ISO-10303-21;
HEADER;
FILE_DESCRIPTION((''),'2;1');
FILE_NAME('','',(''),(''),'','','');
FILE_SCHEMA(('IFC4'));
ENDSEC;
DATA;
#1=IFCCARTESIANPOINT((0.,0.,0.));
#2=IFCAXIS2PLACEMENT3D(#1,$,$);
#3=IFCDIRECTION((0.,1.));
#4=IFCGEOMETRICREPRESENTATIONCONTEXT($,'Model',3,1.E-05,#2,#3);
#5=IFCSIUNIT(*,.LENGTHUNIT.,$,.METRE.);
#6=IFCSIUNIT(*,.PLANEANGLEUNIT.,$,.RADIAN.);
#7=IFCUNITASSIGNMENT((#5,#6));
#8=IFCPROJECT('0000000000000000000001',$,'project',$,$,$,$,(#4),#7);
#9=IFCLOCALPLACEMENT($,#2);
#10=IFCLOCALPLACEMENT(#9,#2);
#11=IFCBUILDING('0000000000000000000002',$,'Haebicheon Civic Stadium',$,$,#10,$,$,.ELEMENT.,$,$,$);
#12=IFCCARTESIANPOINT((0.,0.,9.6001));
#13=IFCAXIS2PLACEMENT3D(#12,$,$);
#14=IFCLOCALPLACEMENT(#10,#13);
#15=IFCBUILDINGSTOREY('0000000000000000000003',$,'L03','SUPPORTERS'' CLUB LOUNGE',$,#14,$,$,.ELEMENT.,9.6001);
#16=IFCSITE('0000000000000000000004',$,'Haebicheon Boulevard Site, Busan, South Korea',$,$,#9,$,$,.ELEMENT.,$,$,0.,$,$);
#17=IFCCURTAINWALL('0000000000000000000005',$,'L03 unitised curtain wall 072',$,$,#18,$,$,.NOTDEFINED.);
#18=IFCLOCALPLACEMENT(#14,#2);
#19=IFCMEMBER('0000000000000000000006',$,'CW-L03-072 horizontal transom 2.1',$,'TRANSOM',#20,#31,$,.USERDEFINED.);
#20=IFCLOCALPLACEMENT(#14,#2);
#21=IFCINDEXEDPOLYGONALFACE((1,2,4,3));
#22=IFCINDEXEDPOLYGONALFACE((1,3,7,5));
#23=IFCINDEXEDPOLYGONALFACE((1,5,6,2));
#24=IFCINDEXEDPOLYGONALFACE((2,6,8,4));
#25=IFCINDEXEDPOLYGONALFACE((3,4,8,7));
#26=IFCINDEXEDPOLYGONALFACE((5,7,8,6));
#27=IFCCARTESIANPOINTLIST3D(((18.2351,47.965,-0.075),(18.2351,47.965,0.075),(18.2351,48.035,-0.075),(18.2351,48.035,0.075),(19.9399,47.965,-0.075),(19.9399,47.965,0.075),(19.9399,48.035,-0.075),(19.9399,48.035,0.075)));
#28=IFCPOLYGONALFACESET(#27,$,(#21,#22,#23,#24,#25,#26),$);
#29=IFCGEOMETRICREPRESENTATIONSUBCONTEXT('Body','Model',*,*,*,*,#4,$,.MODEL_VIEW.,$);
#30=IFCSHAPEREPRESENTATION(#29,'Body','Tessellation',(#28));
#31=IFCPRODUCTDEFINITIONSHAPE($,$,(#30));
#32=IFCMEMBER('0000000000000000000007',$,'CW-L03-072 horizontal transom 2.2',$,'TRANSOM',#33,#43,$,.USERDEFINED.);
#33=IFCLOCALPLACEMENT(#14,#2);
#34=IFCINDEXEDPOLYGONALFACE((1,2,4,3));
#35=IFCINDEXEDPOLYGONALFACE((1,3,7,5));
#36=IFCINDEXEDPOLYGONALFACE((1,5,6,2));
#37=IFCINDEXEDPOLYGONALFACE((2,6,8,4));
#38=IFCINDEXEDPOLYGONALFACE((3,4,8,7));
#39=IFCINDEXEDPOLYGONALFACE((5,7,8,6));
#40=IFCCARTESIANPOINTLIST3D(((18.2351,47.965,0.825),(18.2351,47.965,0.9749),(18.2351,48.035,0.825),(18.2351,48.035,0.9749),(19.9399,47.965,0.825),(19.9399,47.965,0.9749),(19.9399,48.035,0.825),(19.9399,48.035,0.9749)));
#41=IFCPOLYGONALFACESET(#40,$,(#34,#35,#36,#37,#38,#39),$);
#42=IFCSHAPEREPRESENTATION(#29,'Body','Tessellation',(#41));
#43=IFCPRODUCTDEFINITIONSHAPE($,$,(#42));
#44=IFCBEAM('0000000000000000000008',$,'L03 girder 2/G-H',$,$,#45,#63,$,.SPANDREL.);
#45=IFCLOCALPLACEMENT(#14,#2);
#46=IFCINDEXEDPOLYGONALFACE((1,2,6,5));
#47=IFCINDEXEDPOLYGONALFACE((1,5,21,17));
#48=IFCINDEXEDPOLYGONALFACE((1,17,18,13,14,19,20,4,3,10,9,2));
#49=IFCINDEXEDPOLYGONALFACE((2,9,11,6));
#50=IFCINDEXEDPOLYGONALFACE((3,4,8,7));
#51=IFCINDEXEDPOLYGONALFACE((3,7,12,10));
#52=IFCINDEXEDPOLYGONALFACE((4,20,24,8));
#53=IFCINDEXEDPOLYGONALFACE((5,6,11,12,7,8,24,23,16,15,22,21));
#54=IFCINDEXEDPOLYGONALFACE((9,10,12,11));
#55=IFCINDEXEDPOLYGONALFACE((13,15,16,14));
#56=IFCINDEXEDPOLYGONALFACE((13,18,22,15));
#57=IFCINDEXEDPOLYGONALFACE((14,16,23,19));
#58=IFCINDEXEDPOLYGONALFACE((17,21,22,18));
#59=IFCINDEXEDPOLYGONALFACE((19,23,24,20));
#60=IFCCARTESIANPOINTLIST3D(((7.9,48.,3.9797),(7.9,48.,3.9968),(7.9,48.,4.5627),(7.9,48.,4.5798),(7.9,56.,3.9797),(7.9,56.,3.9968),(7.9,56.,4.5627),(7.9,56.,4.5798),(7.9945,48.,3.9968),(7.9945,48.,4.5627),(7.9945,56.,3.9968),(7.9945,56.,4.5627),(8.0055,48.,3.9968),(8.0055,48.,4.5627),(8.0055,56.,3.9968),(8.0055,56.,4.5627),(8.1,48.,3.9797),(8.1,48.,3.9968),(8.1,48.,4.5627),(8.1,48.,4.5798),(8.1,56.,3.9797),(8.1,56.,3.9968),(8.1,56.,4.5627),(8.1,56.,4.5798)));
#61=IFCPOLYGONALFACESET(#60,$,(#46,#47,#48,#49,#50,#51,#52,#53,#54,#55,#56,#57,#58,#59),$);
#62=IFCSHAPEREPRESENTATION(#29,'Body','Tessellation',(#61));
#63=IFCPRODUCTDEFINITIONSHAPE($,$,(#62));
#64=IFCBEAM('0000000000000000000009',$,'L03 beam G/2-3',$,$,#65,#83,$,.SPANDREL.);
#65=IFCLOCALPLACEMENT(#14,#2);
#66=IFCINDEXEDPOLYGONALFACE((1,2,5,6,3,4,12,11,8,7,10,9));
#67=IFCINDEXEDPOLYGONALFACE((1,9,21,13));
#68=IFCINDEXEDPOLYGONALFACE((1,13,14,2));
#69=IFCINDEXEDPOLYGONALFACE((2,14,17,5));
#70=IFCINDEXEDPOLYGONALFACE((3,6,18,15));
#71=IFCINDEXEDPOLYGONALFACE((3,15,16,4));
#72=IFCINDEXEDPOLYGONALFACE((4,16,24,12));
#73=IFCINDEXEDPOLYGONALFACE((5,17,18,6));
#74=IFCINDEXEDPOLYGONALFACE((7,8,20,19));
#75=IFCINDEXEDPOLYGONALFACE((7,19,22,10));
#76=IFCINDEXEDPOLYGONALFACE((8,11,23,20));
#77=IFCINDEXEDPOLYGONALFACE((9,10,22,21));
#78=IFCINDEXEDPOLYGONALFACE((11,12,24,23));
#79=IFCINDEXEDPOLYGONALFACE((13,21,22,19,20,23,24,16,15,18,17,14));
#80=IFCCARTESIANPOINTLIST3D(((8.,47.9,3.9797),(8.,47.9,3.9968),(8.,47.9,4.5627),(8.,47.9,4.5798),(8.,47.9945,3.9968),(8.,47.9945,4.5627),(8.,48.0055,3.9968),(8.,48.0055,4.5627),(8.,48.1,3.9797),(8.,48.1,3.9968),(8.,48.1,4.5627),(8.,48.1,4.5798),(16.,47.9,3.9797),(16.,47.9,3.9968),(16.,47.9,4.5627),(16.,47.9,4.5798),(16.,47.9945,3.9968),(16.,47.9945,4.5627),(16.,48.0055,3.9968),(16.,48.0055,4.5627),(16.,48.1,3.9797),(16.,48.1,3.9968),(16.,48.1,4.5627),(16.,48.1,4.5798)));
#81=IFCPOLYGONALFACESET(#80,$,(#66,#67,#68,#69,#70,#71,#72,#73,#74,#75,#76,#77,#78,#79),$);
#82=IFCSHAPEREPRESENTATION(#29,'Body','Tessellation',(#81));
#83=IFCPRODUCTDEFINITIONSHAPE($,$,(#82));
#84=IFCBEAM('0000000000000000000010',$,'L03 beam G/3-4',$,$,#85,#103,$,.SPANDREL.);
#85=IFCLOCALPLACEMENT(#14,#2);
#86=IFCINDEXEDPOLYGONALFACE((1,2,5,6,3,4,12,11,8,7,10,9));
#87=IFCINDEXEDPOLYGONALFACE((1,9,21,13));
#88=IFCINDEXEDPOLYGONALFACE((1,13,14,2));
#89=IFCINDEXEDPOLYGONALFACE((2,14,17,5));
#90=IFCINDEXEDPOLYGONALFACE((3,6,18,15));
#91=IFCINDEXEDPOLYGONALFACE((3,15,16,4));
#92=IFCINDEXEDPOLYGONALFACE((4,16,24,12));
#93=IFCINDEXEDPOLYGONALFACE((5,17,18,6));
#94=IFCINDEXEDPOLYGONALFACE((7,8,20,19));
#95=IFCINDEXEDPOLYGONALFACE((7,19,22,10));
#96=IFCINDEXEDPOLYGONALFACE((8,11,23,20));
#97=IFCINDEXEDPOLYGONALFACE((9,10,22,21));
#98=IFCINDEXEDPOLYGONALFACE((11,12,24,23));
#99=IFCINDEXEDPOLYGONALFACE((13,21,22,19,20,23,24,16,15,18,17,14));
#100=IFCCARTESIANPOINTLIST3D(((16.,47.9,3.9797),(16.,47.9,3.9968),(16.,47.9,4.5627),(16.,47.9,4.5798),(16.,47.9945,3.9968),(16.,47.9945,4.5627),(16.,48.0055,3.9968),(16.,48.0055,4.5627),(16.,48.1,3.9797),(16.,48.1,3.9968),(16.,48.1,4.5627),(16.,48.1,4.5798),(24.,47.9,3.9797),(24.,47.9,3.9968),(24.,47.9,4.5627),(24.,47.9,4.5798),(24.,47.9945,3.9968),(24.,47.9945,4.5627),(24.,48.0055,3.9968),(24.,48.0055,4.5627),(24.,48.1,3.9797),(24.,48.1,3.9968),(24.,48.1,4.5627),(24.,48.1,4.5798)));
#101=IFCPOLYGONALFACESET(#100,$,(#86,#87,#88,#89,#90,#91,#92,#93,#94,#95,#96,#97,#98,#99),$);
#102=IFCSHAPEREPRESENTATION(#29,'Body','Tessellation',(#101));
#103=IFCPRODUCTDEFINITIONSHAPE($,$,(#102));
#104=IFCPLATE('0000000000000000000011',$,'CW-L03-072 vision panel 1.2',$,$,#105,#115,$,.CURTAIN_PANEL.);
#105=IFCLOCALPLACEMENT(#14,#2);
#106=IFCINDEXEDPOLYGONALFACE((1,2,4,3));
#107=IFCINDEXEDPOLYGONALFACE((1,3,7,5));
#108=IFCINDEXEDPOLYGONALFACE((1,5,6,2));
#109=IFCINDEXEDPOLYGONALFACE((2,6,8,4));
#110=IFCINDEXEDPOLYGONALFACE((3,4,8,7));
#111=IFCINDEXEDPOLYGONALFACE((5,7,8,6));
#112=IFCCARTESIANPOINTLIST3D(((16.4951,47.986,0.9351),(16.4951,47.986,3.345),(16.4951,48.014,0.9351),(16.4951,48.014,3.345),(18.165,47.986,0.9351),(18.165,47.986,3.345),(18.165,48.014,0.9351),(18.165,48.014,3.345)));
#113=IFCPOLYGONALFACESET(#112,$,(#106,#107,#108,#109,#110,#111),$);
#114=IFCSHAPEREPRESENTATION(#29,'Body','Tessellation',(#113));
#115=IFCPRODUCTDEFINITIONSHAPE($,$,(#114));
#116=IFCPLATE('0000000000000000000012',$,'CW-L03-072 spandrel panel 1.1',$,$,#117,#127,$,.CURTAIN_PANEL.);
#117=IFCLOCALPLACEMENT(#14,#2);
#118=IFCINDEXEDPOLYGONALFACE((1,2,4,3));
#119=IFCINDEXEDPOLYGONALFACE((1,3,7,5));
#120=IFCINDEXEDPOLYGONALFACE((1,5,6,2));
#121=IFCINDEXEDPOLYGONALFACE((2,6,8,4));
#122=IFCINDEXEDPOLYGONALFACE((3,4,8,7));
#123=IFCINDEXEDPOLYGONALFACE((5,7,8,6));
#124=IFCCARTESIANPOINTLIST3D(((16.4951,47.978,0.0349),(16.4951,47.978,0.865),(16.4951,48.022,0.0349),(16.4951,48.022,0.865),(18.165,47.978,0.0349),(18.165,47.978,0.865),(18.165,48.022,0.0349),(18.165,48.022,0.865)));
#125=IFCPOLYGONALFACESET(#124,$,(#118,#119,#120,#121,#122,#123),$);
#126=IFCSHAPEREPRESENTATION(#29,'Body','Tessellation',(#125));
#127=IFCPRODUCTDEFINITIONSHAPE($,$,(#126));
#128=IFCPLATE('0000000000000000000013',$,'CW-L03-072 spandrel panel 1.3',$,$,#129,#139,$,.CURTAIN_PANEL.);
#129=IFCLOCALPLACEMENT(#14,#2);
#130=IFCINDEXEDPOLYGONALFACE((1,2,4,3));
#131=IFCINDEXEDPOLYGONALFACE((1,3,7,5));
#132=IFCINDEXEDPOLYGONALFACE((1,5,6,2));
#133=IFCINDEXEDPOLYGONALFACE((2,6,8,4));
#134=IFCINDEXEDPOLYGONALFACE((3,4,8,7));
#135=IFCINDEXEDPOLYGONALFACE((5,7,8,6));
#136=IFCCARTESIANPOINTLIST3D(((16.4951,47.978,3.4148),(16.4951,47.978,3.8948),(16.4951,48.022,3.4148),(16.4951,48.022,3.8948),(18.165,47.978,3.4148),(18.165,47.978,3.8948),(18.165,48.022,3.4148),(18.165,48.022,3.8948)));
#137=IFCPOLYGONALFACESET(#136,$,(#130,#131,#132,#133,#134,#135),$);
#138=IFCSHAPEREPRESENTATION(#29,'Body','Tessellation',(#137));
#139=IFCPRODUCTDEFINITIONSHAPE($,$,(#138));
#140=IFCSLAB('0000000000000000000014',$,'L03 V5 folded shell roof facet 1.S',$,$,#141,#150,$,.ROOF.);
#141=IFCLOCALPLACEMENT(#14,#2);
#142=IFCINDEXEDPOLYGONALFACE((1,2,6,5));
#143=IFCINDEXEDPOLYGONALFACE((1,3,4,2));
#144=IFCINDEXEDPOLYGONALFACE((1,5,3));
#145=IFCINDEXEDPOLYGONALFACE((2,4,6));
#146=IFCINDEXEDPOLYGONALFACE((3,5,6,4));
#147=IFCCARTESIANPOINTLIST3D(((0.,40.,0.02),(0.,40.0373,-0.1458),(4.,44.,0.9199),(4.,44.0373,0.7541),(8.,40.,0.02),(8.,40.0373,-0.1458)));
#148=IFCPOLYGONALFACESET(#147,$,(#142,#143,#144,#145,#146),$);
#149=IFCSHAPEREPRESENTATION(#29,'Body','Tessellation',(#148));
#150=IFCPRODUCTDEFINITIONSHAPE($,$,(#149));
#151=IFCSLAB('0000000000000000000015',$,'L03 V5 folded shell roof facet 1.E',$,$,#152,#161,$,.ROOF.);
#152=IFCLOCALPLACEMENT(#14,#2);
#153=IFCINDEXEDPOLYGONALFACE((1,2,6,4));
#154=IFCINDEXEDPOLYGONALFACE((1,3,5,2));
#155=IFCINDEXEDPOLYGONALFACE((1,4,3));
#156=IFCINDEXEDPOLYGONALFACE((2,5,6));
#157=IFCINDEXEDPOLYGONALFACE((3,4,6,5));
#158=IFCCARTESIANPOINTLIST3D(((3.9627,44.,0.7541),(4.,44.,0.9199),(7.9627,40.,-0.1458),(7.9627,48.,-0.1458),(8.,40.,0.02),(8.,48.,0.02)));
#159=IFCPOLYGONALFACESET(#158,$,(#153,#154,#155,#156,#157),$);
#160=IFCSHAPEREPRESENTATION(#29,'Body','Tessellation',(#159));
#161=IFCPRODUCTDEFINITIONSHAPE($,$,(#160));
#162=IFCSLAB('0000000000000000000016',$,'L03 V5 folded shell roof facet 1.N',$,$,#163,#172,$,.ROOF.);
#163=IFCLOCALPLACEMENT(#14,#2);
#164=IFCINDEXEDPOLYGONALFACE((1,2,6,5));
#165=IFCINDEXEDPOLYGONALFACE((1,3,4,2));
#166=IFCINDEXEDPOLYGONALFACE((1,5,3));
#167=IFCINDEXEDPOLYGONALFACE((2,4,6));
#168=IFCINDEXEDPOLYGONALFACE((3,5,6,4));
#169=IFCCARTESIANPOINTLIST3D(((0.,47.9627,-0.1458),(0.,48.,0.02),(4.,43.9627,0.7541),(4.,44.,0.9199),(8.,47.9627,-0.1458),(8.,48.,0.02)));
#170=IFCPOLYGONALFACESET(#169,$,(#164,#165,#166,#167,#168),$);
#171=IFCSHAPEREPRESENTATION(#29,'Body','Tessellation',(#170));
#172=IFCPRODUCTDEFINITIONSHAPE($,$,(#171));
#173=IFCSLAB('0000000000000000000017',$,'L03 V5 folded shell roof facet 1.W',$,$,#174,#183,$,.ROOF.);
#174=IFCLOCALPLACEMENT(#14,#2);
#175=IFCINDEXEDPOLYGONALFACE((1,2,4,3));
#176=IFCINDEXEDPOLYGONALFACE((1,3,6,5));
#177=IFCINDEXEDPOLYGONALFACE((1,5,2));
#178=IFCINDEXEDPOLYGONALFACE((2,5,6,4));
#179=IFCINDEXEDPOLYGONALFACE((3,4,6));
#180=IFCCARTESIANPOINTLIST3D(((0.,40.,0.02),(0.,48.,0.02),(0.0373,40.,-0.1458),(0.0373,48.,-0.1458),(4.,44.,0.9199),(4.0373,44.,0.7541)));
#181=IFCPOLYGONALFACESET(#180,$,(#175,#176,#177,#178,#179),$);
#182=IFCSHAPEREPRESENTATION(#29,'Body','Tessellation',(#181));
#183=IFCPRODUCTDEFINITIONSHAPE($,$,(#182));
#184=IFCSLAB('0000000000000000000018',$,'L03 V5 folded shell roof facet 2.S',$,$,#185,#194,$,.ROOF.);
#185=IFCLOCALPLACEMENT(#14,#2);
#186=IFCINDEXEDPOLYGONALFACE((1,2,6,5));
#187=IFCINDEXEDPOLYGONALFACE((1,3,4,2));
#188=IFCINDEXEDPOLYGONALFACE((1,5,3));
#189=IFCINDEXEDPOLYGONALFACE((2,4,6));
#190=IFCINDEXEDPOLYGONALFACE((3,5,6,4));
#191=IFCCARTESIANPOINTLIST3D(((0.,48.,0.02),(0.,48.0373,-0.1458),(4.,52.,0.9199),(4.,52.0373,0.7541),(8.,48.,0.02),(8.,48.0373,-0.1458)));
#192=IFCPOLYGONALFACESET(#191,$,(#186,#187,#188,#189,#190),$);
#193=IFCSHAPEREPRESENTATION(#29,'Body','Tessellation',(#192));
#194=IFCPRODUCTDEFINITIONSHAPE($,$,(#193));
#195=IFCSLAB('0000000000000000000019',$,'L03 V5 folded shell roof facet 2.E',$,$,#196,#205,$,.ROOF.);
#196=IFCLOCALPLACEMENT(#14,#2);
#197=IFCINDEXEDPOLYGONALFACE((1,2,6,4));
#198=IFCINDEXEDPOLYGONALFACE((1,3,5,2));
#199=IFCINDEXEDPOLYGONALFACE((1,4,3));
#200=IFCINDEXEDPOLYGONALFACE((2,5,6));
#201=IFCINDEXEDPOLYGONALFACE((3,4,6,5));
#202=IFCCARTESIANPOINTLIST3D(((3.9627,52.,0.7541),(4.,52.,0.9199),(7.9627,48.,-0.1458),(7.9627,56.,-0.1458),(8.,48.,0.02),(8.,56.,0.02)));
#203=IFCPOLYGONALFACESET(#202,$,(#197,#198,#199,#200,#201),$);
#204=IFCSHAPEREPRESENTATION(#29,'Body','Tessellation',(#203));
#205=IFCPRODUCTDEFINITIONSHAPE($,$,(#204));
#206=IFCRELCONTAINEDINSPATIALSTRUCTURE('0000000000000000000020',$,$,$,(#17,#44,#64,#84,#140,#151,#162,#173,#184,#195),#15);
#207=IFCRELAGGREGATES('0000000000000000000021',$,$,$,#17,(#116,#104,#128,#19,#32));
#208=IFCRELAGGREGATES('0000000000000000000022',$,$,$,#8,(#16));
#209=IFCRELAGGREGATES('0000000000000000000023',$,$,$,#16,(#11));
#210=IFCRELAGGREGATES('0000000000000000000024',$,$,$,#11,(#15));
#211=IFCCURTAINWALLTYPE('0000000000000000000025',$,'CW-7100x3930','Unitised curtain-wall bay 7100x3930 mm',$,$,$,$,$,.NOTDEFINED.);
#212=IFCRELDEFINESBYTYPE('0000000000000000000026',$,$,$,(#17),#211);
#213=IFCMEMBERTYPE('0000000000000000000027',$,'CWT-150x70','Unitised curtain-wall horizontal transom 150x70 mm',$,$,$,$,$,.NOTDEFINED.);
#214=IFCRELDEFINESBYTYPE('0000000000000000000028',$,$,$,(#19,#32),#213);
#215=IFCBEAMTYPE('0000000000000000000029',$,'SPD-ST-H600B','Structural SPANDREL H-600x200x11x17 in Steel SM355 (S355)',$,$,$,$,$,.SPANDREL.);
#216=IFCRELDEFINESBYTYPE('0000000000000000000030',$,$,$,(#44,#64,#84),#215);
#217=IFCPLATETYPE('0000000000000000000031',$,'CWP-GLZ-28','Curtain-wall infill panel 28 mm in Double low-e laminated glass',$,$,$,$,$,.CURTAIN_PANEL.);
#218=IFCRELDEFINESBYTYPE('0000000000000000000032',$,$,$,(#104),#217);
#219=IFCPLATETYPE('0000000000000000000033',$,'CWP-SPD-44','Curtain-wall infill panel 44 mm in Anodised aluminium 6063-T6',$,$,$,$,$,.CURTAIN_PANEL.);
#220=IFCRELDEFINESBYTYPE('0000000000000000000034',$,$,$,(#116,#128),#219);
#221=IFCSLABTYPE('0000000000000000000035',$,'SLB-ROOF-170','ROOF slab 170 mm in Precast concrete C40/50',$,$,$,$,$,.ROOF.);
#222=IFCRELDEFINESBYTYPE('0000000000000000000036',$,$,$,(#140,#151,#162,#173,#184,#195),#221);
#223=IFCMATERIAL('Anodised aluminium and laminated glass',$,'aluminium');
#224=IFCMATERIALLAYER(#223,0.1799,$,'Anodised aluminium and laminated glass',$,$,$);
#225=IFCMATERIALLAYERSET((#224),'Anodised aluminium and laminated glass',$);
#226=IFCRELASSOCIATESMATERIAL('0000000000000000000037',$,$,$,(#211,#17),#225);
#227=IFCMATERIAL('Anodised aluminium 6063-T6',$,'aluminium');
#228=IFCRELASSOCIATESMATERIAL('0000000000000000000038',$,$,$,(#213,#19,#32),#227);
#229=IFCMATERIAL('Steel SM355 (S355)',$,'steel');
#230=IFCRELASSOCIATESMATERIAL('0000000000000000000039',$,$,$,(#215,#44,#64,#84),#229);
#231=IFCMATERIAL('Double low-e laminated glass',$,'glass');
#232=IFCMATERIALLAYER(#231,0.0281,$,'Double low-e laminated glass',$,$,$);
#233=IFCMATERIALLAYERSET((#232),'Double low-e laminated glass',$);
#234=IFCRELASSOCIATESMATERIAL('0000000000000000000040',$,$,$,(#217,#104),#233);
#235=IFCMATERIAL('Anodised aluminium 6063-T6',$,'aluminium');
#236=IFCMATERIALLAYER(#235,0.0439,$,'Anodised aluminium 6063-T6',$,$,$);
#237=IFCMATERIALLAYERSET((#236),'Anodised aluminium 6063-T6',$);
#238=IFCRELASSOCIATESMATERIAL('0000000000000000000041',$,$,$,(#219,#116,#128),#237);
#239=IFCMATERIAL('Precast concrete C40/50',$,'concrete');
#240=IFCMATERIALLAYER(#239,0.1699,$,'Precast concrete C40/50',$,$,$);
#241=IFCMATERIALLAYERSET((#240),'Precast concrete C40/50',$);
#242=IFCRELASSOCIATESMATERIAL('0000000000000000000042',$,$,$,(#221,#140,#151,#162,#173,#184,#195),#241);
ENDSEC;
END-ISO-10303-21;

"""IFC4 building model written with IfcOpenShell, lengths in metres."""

from ifc_helpers import new_model, si_unit, direction, frame, origin, origin_2d, place, context, subcontext, project, spatial, polyline, rectangle, i_section, outline, extrude, material, layer, layer_set, material_profile, profile_set, type_object, element, aggregate, save


model = new_model("IFC4")

# Units and contexts
model_context = context("Model", 3, precision=1e-05, world=origin(), true_north=direction((0.0, 1.0)))
body_context = subcontext(model_context, "Body", "Model", "MODEL_VIEW")
ifc_project = project(units=[si_unit("LENGTHUNIT", "METRE"), si_unit("PLANEANGLEUNIT", "RADIAN")], contexts=[model_context])

# Site, building, storey
site_placement = place(None, origin())
site = spatial("IfcSite", under=ifc_project, at=site_placement, Name="Haebicheon Boulevard Site, Busan, South Korea", CompositionType="ELEMENT", RefElevation=0.0)
building_placement = place(site_placement, origin())
building = spatial("IfcBuilding", under=site, at=building_placement, Name="Haebicheon Civic Stadium", CompositionType="ELEMENT")
storey_placement = place(building_placement, frame((0.0, 0.0, 9.6001)))
storey = spatial("IfcBuildingStorey", under=building, at=storey_placement, Name="L03", Description="SUPPORTERS' CLUB LOUNGE", CompositionType="ELEMENT", Elevation=9.6001)

# Curtain wall, members
ifc_material_1 = material(Name="Anodised aluminium and laminated glass", Category="aluminium")
ifc_layer_1 = layer(ifc_material_1, 0.1799, Name="Anodised aluminium and laminated glass")
ifc_layer_set_1 = layer_set([ifc_layer_1], Name="Anodised aluminium and laminated glass")
curtain_wall_type = type_object("IfcCurtainWallType", Name="CW-7100x3930", Description="Unitised curtain-wall bay 7100x3930 mm", PredefinedType="NOTDEFINED", material=ifc_layer_set_1)
curtain_wall_placement = place(storey_placement, origin())
curtain_wall = element("IfcCurtainWall", 1, at=curtain_wall_placement, inside=storey, type_object=curtain_wall_type, material=ifc_layer_set_1, Name="L03 unitised curtain wall 072", PredefinedType="NOTDEFINED")
ifc_material_2 = material(Name="Anodised aluminium 6063-T6", Category="aluminium")
ifc_material_profile_1 = material_profile(ifc_material_2, rectangle(XDim=0.0701, YDim=0.1499, at=origin_2d()), Name="ALU-TRAN-70x150")
ifc_profile_set_1 = profile_set([ifc_material_profile_1], Name="Anodised aluminium 6063-T6")
member_type_1 = type_object("IfcMemberType", Name="CWT-150x70", Description="Unitised curtain-wall horizontal transom 150x70 mm", PredefinedType="NOTDEFINED", material=ifc_profile_set_1)
member_1_placement = place(storey_placement, frame((18.2351, 48.0, 0.0), z_axis=(1.0, 0.0, 0.0), x_axis=(0.0, 1.0, 0.0)))
member_1 = element("IfcMember", 2, at=member_1_placement, type_object=member_type_1, material=ifc_profile_set_1, Name="CW-L03-072 horizontal transom 2.1", ObjectType="TRANSOM", PredefinedType="USERDEFINED", context=body_context, shape_type="SweptSolid", body=[
    extrude(rectangle(XDim=0.0701, YDim=0.1499, at=origin_2d()), origin(), (0.0, 0.0, 1.0), 1.7048),
])
member_2_placement = place(storey_placement, frame((18.2351, 48.0, 0.8999), z_axis=(1.0, 0.0, 0.0), x_axis=(0.0, 1.0, 0.0)))
member_2 = element("IfcMember", 3, at=member_2_placement, type_object=member_type_1, material=ifc_profile_set_1, Name="CW-L03-072 horizontal transom 2.2", ObjectType="TRANSOM", PredefinedType="USERDEFINED", context=body_context, shape_type="SweptSolid", body=[
    extrude(rectangle(XDim=0.0701, YDim=0.1499, at=origin_2d()), origin(), (0.0, 0.0, 1.0), 1.7048),
])

# Beams
ifc_material_3 = material(Name="Steel SM355 (S355)", Category="steel")
ifc_material_profile_2 = material_profile(ifc_material_3, i_section(OverallWidth=0.2, OverallDepth=0.6001, WebThickness=0.011, FlangeThickness=0.0171, at=origin_2d()), Name="H-600x200x11x17")
ifc_profile_set_2 = profile_set([ifc_material_profile_2], Name="Steel SM355 (S355)")
beam_type_1 = type_object("IfcBeamType", Name="SPD-ST-H600B", Description="Structural SPANDREL H-600x200x11x17 in Steel SM355 (S355)", PredefinedType="SPANDREL", material=ifc_profile_set_2)
for number, where, z_axis, x_axis, name in (
    (4, (8.0, 48.0, 4.2798), (0.0, 1.0, 0.0), (-1.0, 0.0, 0.0), "L03 girder 2/G-H"),
    (5, (8.0, 48.0, 4.2798), (1.0, 0.0, 0.0), (0.0, 1.0, 0.0), "L03 beam G/2-3"),
    (6, (16.0, 48.0, 4.2798), (1.0, 0.0, 0.0), (0.0, 1.0, 0.0), "L03 beam G/3-4"),
):
    element("IfcBeam", number, at=place(storey_placement, frame(where, z_axis=z_axis, x_axis=x_axis)), inside=storey, type_object=beam_type_1, material=ifc_profile_set_2, Name=name, PredefinedType="SPANDREL", context=body_context, shape_type="SweptSolid", body=[
        extrude(i_section(OverallWidth=0.2, OverallDepth=0.6001, WebThickness=0.011, FlangeThickness=0.0171, at=origin_2d()), origin(), (0.0, 0.0, 1.0), 8.0),
    ])

# Plates
ifc_material_4 = material(Name="Double low-e laminated glass", Category="glass")
ifc_layer_2 = layer(ifc_material_4, 0.0281, Name="Double low-e laminated glass")
ifc_layer_set_2 = layer_set([ifc_layer_2], Name="Double low-e laminated glass")
plate_type_1 = type_object("IfcPlateType", Name="CWP-GLZ-28", Description="Curtain-wall infill panel 28 mm in Double low-e laminated glass", PredefinedType="CURTAIN_PANEL", material=ifc_layer_set_2)
plate_1_placement = place(storey_placement, frame((17.3301, 48.0, 0.9351), z_axis=(0.0, 0.0, 1.0), x_axis=(1.0, 0.0, 0.0)))
plate_1 = element("IfcPlate", 7, at=plate_1_placement, type_object=plate_type_1, material=ifc_layer_set_2, Name="CW-L03-072 vision panel 1.2", PredefinedType="CURTAIN_PANEL", context=body_context, shape_type="SweptSolid", body=[
    extrude(rectangle(XDim=1.6699, YDim=0.0281, at=origin_2d()), origin(), (0.0, 0.0, 1.0), 2.4099),
])
ifc_material_5 = material(Name="Anodised aluminium 6063-T6", Category="aluminium")
ifc_layer_3 = layer(ifc_material_5, 0.0439, Name="Anodised aluminium 6063-T6")
ifc_layer_set_3 = layer_set([ifc_layer_3], Name="Anodised aluminium 6063-T6")
plate_type_2 = type_object("IfcPlateType", Name="CWP-SPD-44", Description="Curtain-wall infill panel 44 mm in Anodised aluminium 6063-T6", PredefinedType="CURTAIN_PANEL", material=ifc_layer_set_3)
plate_2_placement = place(storey_placement, frame((17.3301, 48.0, 0.0349), z_axis=(0.0, 0.0, 1.0), x_axis=(1.0, 0.0, 0.0)))
plate_2 = element("IfcPlate", 8, at=plate_2_placement, type_object=plate_type_2, material=ifc_layer_set_3, Name="CW-L03-072 spandrel panel 1.1", PredefinedType="CURTAIN_PANEL", context=body_context, shape_type="SweptSolid", body=[
    extrude(rectangle(XDim=1.6699, YDim=0.0439, at=origin_2d()), origin(), (0.0, 0.0, 1.0), 0.8301),
])
plate_3_placement = place(storey_placement, frame((17.3301, 48.0, 3.4148), z_axis=(0.0, 0.0, 1.0), x_axis=(1.0, 0.0, 0.0)))
plate_3 = element("IfcPlate", 9, at=plate_3_placement, type_object=plate_type_2, material=ifc_layer_set_3, Name="CW-L03-072 spandrel panel 1.3", PredefinedType="CURTAIN_PANEL", context=body_context, shape_type="SweptSolid", body=[
    extrude(rectangle(XDim=1.6699, YDim=0.0439, at=origin_2d()), origin(), (0.0, 0.0, 1.0), 0.48),
])
aggregate(curtain_wall, [plate_2, plate_1, plate_3, member_1, member_2])

# Slabs
ifc_material_6 = material(Name="Precast concrete C40/50", Category="concrete")
ifc_layer_4 = layer(ifc_material_6, 0.1699, Name="Precast concrete C40/50")
ifc_layer_set_4 = layer_set([ifc_layer_4], Name="Precast concrete C40/50")
slab_type = type_object("IfcSlabType", Name="SLB-ROOF-170", Description="ROOF slab 170 mm in Precast concrete C40/50", PredefinedType="ROOF", material=ifc_layer_set_4)
for number, where, z_axis, x_axis, name in (
    (10, (0.0, 40.0, 0.02), (0.0, -0.21949, 0.975615), (1.0, 0.0, 0.0), "L03 V5 folded shell roof facet 1.S"),
    (11, (8.0, 40.0, 0.02), (0.21949, 0.0, 0.975615), (0.0, 1.0, 0.0), "L03 V5 folded shell roof facet 1.E"),
    (12, (8.0, 48.0, 0.02), (0.0, 0.21949, 0.975615), (-1.0, 0.0, 0.0), "L03 V5 folded shell roof facet 1.N"),
    (13, (0.0, 48.0, 0.02), (-0.21949, 0.0, 0.975615), (0.0, -1.0, 0.0), "L03 V5 folded shell roof facet 1.W"),
    (14, (0.0, 48.0, 0.02), (0.0, -0.21949, 0.975615), (1.0, 0.0, 0.0), "L03 V5 folded shell roof facet 2.S"),
    (15, (8.0, 48.0, 0.02), (0.21949, 0.0, 0.975615), (0.0, 1.0, 0.0), "L03 V5 folded shell roof facet 2.E"),
):
    element("IfcSlab", number, at=place(storey_placement, frame(where, z_axis=z_axis, x_axis=x_axis)), inside=storey, type_object=slab_type, material=ifc_layer_set_4, Name=name, PredefinedType="ROOF", context=body_context, shape_type="SweptSolid", body=[
        extrude(outline(polyline([(0.0, 0.0), (8.0, 0.0), (4.0, 4.1), (0.0, 0.0)])), origin(), (0.0, 0.0, -1.0), 0.1699),
    ])

save(model, "model.ifc")
